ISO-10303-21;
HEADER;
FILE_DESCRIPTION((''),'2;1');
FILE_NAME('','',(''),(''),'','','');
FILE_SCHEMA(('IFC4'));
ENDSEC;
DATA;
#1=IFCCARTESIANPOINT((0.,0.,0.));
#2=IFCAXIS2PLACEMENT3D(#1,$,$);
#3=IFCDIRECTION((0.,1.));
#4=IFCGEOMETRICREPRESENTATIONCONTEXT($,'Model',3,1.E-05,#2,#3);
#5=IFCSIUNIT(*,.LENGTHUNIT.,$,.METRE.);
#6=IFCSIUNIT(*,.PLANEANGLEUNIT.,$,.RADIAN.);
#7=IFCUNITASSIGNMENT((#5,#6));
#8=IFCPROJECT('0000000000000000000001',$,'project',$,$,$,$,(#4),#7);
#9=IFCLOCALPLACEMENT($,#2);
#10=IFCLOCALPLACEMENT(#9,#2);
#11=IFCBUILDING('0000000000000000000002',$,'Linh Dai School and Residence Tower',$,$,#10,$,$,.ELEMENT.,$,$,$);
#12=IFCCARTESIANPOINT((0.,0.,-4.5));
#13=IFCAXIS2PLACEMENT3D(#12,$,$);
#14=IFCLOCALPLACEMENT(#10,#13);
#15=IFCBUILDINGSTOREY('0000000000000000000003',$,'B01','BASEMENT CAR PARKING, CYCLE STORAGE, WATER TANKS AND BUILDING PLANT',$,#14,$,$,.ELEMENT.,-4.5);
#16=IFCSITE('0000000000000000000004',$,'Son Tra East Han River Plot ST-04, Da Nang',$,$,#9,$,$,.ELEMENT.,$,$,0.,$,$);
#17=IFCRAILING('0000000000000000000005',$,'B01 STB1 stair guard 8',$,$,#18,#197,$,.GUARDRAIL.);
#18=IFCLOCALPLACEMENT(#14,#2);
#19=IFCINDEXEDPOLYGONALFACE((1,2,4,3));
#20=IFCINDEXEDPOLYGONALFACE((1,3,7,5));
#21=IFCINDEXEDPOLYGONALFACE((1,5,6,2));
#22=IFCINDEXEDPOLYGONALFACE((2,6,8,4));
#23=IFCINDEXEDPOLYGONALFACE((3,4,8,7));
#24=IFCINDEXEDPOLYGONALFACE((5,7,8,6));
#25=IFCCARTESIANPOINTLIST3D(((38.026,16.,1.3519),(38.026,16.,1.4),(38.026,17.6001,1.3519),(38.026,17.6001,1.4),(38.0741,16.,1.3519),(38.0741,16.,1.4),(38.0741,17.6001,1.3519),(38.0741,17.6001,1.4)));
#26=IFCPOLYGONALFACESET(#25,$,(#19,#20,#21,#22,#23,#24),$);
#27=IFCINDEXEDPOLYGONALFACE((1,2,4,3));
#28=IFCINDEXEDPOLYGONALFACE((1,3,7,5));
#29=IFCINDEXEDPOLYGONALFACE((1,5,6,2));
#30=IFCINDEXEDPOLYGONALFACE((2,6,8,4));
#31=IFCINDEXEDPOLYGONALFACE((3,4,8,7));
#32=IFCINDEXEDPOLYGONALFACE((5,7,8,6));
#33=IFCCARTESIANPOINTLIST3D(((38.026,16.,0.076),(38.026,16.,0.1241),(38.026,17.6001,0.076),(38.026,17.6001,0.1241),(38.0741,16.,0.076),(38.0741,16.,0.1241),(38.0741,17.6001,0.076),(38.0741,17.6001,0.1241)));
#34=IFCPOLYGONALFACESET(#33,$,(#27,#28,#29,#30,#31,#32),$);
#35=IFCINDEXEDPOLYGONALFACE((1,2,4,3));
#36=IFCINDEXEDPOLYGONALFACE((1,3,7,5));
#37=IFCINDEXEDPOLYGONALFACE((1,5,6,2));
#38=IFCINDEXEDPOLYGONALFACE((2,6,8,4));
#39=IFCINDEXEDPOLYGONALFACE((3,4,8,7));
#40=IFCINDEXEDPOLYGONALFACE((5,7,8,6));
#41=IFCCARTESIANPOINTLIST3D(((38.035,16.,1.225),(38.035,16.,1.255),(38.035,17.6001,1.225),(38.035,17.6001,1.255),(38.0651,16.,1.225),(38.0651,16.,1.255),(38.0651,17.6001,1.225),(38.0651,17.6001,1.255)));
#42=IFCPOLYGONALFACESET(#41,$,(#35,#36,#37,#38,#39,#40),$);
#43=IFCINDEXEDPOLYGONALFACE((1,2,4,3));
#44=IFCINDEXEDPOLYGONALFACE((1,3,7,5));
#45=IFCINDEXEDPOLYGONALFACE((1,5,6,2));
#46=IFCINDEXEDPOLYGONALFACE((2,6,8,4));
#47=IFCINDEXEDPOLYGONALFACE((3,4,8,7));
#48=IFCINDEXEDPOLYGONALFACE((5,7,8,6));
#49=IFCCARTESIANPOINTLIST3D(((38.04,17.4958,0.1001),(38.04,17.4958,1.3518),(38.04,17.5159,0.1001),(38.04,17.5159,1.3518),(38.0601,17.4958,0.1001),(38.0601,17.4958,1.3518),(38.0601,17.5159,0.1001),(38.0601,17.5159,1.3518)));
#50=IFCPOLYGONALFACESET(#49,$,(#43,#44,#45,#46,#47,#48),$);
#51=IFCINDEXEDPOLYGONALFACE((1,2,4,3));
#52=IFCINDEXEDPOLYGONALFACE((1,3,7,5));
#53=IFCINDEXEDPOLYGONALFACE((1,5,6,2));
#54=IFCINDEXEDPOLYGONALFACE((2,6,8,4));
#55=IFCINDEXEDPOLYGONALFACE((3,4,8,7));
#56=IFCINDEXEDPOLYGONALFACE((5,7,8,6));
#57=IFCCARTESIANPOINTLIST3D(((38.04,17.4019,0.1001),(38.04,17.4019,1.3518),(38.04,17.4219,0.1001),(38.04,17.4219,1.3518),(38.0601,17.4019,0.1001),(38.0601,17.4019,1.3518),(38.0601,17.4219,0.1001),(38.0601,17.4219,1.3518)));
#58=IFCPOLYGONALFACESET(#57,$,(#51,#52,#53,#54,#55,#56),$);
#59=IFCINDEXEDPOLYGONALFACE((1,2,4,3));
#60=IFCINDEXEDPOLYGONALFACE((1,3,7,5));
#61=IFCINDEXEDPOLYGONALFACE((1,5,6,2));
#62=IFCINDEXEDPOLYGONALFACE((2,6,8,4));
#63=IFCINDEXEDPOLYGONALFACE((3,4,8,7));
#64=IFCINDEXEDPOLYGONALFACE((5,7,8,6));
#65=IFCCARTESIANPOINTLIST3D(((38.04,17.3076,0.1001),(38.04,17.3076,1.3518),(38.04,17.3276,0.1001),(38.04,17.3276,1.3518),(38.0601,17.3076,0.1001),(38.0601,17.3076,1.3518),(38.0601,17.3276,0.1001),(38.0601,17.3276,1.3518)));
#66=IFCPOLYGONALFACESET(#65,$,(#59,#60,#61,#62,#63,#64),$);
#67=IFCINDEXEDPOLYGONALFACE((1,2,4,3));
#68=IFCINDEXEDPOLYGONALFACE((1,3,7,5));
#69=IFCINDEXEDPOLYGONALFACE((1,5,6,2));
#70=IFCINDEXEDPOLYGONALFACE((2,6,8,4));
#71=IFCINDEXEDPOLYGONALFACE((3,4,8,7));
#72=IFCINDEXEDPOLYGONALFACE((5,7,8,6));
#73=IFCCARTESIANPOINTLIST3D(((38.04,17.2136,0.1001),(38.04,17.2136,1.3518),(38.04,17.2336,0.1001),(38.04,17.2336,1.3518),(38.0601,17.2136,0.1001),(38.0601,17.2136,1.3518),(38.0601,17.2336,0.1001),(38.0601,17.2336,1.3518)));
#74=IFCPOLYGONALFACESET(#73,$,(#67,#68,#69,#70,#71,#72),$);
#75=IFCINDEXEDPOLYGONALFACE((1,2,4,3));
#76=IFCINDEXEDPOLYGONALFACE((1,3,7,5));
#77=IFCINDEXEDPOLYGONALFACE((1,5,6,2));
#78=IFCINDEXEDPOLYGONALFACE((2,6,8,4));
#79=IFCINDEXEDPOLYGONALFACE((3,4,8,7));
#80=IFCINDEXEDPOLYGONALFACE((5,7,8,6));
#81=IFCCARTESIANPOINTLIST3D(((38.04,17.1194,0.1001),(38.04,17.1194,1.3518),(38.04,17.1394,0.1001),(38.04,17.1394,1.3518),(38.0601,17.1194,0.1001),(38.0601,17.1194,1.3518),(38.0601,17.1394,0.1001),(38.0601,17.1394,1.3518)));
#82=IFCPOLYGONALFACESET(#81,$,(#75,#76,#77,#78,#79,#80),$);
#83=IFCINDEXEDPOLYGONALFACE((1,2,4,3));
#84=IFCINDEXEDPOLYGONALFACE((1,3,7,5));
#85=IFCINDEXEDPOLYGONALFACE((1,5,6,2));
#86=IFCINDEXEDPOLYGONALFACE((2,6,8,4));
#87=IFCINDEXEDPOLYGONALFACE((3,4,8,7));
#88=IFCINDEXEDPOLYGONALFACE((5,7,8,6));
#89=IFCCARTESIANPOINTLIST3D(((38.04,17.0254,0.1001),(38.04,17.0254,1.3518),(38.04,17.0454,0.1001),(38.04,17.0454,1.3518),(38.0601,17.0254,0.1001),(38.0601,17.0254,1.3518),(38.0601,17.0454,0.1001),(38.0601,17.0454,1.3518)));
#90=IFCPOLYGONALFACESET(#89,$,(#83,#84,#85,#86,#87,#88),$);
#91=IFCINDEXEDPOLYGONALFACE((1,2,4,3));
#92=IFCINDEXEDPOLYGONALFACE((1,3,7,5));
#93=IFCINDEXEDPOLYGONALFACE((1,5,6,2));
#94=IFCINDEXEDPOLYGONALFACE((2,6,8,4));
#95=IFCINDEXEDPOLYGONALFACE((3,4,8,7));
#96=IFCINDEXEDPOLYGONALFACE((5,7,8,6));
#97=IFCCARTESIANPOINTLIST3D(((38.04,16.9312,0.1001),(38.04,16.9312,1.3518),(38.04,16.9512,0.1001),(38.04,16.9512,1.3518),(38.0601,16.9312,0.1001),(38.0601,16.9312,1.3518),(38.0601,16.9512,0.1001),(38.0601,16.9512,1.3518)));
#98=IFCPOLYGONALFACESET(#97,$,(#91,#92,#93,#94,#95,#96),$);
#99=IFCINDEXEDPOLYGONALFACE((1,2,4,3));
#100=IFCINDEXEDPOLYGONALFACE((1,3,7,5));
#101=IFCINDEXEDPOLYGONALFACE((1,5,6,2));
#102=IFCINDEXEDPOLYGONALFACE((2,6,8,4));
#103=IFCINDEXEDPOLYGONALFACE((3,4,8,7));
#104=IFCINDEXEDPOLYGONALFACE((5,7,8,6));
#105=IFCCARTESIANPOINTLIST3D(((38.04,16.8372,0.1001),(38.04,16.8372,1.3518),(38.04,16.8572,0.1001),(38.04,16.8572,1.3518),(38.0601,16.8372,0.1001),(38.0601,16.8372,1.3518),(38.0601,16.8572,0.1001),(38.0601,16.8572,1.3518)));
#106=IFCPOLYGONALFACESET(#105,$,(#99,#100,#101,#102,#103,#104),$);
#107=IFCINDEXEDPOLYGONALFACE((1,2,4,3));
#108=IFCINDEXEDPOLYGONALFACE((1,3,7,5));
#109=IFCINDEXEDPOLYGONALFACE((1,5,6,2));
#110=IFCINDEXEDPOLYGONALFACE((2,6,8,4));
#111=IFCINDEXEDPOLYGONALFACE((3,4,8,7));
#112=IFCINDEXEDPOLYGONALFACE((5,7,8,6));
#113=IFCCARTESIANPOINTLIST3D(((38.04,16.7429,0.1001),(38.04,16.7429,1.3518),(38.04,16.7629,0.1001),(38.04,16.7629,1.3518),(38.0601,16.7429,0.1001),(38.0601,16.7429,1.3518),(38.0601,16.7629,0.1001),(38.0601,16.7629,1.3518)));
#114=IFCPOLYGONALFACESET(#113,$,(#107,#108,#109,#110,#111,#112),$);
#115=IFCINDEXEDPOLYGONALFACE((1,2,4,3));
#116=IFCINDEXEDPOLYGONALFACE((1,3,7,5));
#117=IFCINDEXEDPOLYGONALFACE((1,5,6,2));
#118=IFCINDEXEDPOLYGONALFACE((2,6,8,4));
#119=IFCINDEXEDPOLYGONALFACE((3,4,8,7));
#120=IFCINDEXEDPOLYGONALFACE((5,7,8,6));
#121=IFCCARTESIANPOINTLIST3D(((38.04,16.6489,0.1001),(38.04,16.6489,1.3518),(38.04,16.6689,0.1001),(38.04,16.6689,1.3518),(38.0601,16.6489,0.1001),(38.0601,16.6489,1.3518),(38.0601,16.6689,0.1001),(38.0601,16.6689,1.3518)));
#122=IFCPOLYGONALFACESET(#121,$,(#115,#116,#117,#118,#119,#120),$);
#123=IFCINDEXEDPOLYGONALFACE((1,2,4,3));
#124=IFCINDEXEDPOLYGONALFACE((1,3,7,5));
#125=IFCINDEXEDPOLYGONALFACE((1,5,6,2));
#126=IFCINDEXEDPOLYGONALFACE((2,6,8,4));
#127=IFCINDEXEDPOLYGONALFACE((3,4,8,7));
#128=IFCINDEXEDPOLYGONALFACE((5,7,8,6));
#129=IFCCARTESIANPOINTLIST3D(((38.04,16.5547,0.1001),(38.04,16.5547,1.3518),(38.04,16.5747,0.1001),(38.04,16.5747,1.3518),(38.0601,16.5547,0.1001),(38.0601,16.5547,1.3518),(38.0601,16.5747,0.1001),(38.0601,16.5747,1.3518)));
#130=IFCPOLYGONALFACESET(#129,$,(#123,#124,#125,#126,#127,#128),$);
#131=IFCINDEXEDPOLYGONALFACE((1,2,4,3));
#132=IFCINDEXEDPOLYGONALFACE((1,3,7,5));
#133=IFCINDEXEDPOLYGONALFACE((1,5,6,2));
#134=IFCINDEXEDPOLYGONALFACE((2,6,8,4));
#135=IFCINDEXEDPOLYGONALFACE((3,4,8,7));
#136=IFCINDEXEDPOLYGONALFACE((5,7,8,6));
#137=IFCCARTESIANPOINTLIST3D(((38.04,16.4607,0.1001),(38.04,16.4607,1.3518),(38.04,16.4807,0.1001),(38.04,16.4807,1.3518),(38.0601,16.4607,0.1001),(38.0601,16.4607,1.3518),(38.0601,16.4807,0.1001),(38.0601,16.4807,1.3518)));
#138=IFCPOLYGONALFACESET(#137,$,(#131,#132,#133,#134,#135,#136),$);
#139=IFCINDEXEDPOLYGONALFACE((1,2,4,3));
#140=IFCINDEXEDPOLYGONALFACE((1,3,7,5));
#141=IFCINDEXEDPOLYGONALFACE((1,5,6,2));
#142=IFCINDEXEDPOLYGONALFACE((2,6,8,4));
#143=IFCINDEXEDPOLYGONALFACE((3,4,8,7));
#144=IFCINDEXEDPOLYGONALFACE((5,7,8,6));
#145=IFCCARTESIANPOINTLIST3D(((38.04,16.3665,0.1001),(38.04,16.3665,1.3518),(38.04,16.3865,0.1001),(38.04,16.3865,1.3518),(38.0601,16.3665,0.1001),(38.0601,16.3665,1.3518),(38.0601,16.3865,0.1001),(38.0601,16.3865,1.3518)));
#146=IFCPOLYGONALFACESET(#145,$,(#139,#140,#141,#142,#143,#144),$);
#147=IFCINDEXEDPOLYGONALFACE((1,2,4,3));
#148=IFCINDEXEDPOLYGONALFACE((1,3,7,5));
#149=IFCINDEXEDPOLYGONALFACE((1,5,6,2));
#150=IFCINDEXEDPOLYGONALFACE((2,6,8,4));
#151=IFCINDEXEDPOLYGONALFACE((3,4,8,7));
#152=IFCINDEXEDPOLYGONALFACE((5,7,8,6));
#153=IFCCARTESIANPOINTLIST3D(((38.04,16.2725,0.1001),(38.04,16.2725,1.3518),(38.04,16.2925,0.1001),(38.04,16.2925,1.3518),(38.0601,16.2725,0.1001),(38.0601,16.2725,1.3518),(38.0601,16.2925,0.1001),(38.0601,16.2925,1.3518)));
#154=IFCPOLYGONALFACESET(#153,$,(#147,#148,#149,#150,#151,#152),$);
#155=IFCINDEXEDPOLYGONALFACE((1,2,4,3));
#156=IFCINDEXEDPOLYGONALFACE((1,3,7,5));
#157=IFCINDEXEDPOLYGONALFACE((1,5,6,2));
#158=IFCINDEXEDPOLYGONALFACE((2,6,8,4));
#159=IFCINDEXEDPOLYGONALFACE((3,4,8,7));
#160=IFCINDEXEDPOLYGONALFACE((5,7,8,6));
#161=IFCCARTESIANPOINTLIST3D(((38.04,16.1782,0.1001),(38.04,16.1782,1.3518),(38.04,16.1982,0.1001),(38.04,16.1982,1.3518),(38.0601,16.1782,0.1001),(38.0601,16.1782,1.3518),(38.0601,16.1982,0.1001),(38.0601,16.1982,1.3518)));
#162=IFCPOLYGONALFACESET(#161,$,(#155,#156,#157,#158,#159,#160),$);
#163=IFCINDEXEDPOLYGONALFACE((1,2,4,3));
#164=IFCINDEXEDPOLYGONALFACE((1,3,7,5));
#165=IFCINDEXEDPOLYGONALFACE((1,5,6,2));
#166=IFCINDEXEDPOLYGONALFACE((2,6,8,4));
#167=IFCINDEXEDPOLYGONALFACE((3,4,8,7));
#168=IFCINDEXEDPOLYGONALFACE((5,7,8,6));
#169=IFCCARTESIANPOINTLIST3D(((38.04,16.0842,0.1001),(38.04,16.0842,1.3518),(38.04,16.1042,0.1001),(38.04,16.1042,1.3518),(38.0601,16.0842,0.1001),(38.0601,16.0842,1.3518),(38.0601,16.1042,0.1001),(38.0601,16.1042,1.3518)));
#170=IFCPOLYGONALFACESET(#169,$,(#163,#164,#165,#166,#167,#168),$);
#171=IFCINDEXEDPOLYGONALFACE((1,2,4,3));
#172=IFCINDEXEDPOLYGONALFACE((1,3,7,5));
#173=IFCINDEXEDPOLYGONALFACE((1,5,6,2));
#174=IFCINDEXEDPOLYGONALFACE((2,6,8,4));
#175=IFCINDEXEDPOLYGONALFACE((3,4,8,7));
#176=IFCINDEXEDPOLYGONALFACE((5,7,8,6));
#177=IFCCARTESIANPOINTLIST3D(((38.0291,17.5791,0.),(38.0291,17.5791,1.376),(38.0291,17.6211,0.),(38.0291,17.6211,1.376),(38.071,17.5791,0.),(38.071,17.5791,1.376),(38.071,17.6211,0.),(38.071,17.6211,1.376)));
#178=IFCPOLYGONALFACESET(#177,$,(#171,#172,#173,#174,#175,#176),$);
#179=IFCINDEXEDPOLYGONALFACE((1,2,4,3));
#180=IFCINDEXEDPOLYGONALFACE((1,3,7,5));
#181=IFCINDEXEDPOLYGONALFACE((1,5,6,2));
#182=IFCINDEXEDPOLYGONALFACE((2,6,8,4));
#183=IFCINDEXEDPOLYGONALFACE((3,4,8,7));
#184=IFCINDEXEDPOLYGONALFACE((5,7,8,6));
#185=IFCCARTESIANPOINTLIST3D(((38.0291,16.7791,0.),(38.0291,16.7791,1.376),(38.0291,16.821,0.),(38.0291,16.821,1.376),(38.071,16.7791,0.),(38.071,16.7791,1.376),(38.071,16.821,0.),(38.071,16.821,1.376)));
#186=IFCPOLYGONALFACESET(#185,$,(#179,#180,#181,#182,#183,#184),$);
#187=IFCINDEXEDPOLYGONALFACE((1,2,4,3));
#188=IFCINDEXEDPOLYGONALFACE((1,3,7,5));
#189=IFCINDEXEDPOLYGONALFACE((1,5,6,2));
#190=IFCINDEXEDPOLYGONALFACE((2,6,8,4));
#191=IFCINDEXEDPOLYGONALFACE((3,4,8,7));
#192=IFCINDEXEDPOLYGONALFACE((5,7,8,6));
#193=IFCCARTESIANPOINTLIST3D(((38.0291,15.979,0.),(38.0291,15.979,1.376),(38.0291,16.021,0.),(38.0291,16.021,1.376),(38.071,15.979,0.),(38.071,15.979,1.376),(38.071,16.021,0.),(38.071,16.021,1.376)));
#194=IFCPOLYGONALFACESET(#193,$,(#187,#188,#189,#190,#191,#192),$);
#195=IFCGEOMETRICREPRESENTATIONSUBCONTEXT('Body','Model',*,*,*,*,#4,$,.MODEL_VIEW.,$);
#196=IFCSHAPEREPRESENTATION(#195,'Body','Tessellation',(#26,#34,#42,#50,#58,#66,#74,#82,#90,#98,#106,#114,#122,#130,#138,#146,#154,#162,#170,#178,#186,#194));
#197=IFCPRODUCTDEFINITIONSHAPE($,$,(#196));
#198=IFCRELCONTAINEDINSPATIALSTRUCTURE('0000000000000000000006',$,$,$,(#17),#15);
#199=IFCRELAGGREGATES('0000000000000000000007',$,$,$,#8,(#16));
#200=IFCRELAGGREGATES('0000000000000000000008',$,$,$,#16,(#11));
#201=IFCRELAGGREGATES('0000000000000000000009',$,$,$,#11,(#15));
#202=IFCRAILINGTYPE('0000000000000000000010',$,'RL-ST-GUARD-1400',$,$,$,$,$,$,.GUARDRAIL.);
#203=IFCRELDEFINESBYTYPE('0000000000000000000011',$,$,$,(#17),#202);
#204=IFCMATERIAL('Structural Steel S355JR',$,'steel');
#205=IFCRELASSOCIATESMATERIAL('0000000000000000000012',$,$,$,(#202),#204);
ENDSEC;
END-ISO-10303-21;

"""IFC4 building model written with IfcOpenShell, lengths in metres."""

from ifc_helpers import new_model, si_unit, direction, frame, origin, origin_2d, place, context, subcontext, project, spatial, rectangle, extrude, source, transform, mapped, material, type_object, element, save


model = new_model("IFC4")

# Units and contexts
model_context = context("Model", 3, precision=1e-05, world=origin(), true_north=direction((0.0, 1.0)))
body_context = subcontext(model_context, "Body", "Model", "MODEL_VIEW")
ifc_project = project(units=[si_unit("LENGTHUNIT", "METRE"), si_unit("PLANEANGLEUNIT", "RADIAN")], contexts=[model_context])

# Site, building, storey
site_placement = place(None, origin())
site = spatial("IfcSite", under=ifc_project, at=site_placement, Name="Son Tra East Han River Plot ST-04, Da Nang", CompositionType="ELEMENT", RefElevation=0.0)
building_placement = place(site_placement, origin())
building = spatial("IfcBuilding", under=site, at=building_placement, Name="Linh Dai School and Residence Tower", CompositionType="ELEMENT")
storey_placement = place(building_placement, frame((0.0, 0.0, -4.5)))
storey = spatial("IfcBuildingStorey", under=building, at=storey_placement, Name="B01", Description="BASEMENT CAR PARKING, CYCLE STORAGE, WATER TANKS AND BUILDING PLANT", CompositionType="ELEMENT", Elevation=-4.5)

# Shared definitions
ifc_material_1 = material(Name="Structural Steel S355JR", Category="steel")

# Railing
railing_type_1 = type_object("IfcRailingType", Name="RL-ST-GUARD-1400", PredefinedType="GUARDRAIL", material=ifc_material_1)
shared_shape_1 = source(origin(), body_context, "Body", "SweptSolid", [
    extrude(rectangle(XDim=0.0481, YDim=0.0481, at=origin_2d()), frame((0.0, 0.0, 1.376), z_axis=(0.0, -1.0, 0.0), x_axis=(1.0, 0.0, 0.0)), (0.0, 0.0, 1.0), 1.6001),
    extrude(rectangle(XDim=0.0481, YDim=0.0481, at=origin_2d()), frame((0.0, 0.0, 0.1001), z_axis=(0.0, -1.0, 0.0), x_axis=(1.0, 0.0, 0.0)), (0.0, 0.0, 1.0), 1.6001),
    extrude(rectangle(XDim=0.03, YDim=0.03, at=origin_2d()), frame((0.0, 0.0, 1.24), z_axis=(0.0, -1.0, 0.0), x_axis=(1.0, 0.0, 0.0)), (0.0, 0.0, 1.0), 1.6001),
    extrude(rectangle(XDim=0.02, YDim=0.02, at=origin_2d()), frame((0.0, -0.0942, 0.1001)), (0.0, 0.0, 1.0), 1.2517),
    extrude(rectangle(XDim=0.02, YDim=0.02, at=origin_2d()), frame((0.0, -0.1882, 0.1001)), (0.0, 0.0, 1.0), 1.2517),
    extrude(rectangle(XDim=0.02, YDim=0.02, at=origin_2d()), frame((0.0, -0.2825, 0.1001)), (0.0, 0.0, 1.0), 1.2517),
    extrude(rectangle(XDim=0.02, YDim=0.02, at=origin_2d()), frame((0.0, -0.3765, 0.1001)), (0.0, 0.0, 1.0), 1.2517),
    extrude(rectangle(XDim=0.02, YDim=0.02, at=origin_2d()), frame((0.0, -0.4707, 0.1001)), (0.0, 0.0, 1.0), 1.2517),
    extrude(rectangle(XDim=0.02, YDim=0.02, at=origin_2d()), frame((0.0, -0.5647, 0.1001)), (0.0, 0.0, 1.0), 1.2517),
    extrude(rectangle(XDim=0.02, YDim=0.02, at=origin_2d()), frame((0.0, -0.6589, 0.1001)), (0.0, 0.0, 1.0), 1.2517),
    extrude(rectangle(XDim=0.02, YDim=0.02, at=origin_2d()), frame((0.0, -0.7529, 0.1001)), (0.0, 0.0, 1.0), 1.2517),
    extrude(rectangle(XDim=0.02, YDim=0.02, at=origin_2d()), frame((0.0, -0.8472, 0.1001)), (0.0, 0.0, 1.0), 1.2517),
    extrude(rectangle(XDim=0.02, YDim=0.02, at=origin_2d()), frame((0.0, -0.9412, 0.1001)), (0.0, 0.0, 1.0), 1.2517),
    extrude(rectangle(XDim=0.02, YDim=0.02, at=origin_2d()), frame((0.0, -1.0354, 0.1001)), (0.0, 0.0, 1.0), 1.2517),
    extrude(rectangle(XDim=0.02, YDim=0.02, at=origin_2d()), frame((0.0, -1.1294, 0.1001)), (0.0, 0.0, 1.0), 1.2517),
    extrude(rectangle(XDim=0.02, YDim=0.02, at=origin_2d()), frame((0.0, -1.2236, 0.1001)), (0.0, 0.0, 1.0), 1.2517),
    extrude(rectangle(XDim=0.02, YDim=0.02, at=origin_2d()), frame((0.0, -1.3176, 0.1001)), (0.0, 0.0, 1.0), 1.2517),
    extrude(rectangle(XDim=0.02, YDim=0.02, at=origin_2d()), frame((0.0, -1.4119, 0.1001)), (0.0, 0.0, 1.0), 1.2517),
    extrude(rectangle(XDim=0.02, YDim=0.02, at=origin_2d()), frame((0.0, -1.5059, 0.1001)), (0.0, 0.0, 1.0), 1.2517),
    extrude(rectangle(XDim=0.042, YDim=0.042, at=origin_2d()), origin(), (0.0, 0.0, 1.0), 1.376),
    extrude(rectangle(XDim=0.042, YDim=0.042, at=origin_2d()), frame((0.0, -0.8, 0.0)), (0.0, 0.0, 1.0), 1.376),
    extrude(rectangle(XDim=0.042, YDim=0.042, at=origin_2d()), frame((0.0, -1.6001, 0.0)), (0.0, 0.0, 1.0), 1.376),
])
railing_1_placement = place(storey_placement, frame((38.05, 17.6001, 0.0)))
element("IfcRailing", 1, at=railing_1_placement, inside=storey, type_object=railing_type_1, Name="B01 STB1 stair guard 8", PredefinedType="GUARDRAIL", context=body_context, shape_type="MappedRepresentation", body=[
    mapped(shared_shape_1, transform((0.0, 0.0, 0.0), x_axis=(1.0, 0.0, 0.0), y_axis=(0.0, 1.0, 0.0), z_axis=(0.0, 0.0, 1.0), scale=1.0)),
])

save(model, "model.ifc")
